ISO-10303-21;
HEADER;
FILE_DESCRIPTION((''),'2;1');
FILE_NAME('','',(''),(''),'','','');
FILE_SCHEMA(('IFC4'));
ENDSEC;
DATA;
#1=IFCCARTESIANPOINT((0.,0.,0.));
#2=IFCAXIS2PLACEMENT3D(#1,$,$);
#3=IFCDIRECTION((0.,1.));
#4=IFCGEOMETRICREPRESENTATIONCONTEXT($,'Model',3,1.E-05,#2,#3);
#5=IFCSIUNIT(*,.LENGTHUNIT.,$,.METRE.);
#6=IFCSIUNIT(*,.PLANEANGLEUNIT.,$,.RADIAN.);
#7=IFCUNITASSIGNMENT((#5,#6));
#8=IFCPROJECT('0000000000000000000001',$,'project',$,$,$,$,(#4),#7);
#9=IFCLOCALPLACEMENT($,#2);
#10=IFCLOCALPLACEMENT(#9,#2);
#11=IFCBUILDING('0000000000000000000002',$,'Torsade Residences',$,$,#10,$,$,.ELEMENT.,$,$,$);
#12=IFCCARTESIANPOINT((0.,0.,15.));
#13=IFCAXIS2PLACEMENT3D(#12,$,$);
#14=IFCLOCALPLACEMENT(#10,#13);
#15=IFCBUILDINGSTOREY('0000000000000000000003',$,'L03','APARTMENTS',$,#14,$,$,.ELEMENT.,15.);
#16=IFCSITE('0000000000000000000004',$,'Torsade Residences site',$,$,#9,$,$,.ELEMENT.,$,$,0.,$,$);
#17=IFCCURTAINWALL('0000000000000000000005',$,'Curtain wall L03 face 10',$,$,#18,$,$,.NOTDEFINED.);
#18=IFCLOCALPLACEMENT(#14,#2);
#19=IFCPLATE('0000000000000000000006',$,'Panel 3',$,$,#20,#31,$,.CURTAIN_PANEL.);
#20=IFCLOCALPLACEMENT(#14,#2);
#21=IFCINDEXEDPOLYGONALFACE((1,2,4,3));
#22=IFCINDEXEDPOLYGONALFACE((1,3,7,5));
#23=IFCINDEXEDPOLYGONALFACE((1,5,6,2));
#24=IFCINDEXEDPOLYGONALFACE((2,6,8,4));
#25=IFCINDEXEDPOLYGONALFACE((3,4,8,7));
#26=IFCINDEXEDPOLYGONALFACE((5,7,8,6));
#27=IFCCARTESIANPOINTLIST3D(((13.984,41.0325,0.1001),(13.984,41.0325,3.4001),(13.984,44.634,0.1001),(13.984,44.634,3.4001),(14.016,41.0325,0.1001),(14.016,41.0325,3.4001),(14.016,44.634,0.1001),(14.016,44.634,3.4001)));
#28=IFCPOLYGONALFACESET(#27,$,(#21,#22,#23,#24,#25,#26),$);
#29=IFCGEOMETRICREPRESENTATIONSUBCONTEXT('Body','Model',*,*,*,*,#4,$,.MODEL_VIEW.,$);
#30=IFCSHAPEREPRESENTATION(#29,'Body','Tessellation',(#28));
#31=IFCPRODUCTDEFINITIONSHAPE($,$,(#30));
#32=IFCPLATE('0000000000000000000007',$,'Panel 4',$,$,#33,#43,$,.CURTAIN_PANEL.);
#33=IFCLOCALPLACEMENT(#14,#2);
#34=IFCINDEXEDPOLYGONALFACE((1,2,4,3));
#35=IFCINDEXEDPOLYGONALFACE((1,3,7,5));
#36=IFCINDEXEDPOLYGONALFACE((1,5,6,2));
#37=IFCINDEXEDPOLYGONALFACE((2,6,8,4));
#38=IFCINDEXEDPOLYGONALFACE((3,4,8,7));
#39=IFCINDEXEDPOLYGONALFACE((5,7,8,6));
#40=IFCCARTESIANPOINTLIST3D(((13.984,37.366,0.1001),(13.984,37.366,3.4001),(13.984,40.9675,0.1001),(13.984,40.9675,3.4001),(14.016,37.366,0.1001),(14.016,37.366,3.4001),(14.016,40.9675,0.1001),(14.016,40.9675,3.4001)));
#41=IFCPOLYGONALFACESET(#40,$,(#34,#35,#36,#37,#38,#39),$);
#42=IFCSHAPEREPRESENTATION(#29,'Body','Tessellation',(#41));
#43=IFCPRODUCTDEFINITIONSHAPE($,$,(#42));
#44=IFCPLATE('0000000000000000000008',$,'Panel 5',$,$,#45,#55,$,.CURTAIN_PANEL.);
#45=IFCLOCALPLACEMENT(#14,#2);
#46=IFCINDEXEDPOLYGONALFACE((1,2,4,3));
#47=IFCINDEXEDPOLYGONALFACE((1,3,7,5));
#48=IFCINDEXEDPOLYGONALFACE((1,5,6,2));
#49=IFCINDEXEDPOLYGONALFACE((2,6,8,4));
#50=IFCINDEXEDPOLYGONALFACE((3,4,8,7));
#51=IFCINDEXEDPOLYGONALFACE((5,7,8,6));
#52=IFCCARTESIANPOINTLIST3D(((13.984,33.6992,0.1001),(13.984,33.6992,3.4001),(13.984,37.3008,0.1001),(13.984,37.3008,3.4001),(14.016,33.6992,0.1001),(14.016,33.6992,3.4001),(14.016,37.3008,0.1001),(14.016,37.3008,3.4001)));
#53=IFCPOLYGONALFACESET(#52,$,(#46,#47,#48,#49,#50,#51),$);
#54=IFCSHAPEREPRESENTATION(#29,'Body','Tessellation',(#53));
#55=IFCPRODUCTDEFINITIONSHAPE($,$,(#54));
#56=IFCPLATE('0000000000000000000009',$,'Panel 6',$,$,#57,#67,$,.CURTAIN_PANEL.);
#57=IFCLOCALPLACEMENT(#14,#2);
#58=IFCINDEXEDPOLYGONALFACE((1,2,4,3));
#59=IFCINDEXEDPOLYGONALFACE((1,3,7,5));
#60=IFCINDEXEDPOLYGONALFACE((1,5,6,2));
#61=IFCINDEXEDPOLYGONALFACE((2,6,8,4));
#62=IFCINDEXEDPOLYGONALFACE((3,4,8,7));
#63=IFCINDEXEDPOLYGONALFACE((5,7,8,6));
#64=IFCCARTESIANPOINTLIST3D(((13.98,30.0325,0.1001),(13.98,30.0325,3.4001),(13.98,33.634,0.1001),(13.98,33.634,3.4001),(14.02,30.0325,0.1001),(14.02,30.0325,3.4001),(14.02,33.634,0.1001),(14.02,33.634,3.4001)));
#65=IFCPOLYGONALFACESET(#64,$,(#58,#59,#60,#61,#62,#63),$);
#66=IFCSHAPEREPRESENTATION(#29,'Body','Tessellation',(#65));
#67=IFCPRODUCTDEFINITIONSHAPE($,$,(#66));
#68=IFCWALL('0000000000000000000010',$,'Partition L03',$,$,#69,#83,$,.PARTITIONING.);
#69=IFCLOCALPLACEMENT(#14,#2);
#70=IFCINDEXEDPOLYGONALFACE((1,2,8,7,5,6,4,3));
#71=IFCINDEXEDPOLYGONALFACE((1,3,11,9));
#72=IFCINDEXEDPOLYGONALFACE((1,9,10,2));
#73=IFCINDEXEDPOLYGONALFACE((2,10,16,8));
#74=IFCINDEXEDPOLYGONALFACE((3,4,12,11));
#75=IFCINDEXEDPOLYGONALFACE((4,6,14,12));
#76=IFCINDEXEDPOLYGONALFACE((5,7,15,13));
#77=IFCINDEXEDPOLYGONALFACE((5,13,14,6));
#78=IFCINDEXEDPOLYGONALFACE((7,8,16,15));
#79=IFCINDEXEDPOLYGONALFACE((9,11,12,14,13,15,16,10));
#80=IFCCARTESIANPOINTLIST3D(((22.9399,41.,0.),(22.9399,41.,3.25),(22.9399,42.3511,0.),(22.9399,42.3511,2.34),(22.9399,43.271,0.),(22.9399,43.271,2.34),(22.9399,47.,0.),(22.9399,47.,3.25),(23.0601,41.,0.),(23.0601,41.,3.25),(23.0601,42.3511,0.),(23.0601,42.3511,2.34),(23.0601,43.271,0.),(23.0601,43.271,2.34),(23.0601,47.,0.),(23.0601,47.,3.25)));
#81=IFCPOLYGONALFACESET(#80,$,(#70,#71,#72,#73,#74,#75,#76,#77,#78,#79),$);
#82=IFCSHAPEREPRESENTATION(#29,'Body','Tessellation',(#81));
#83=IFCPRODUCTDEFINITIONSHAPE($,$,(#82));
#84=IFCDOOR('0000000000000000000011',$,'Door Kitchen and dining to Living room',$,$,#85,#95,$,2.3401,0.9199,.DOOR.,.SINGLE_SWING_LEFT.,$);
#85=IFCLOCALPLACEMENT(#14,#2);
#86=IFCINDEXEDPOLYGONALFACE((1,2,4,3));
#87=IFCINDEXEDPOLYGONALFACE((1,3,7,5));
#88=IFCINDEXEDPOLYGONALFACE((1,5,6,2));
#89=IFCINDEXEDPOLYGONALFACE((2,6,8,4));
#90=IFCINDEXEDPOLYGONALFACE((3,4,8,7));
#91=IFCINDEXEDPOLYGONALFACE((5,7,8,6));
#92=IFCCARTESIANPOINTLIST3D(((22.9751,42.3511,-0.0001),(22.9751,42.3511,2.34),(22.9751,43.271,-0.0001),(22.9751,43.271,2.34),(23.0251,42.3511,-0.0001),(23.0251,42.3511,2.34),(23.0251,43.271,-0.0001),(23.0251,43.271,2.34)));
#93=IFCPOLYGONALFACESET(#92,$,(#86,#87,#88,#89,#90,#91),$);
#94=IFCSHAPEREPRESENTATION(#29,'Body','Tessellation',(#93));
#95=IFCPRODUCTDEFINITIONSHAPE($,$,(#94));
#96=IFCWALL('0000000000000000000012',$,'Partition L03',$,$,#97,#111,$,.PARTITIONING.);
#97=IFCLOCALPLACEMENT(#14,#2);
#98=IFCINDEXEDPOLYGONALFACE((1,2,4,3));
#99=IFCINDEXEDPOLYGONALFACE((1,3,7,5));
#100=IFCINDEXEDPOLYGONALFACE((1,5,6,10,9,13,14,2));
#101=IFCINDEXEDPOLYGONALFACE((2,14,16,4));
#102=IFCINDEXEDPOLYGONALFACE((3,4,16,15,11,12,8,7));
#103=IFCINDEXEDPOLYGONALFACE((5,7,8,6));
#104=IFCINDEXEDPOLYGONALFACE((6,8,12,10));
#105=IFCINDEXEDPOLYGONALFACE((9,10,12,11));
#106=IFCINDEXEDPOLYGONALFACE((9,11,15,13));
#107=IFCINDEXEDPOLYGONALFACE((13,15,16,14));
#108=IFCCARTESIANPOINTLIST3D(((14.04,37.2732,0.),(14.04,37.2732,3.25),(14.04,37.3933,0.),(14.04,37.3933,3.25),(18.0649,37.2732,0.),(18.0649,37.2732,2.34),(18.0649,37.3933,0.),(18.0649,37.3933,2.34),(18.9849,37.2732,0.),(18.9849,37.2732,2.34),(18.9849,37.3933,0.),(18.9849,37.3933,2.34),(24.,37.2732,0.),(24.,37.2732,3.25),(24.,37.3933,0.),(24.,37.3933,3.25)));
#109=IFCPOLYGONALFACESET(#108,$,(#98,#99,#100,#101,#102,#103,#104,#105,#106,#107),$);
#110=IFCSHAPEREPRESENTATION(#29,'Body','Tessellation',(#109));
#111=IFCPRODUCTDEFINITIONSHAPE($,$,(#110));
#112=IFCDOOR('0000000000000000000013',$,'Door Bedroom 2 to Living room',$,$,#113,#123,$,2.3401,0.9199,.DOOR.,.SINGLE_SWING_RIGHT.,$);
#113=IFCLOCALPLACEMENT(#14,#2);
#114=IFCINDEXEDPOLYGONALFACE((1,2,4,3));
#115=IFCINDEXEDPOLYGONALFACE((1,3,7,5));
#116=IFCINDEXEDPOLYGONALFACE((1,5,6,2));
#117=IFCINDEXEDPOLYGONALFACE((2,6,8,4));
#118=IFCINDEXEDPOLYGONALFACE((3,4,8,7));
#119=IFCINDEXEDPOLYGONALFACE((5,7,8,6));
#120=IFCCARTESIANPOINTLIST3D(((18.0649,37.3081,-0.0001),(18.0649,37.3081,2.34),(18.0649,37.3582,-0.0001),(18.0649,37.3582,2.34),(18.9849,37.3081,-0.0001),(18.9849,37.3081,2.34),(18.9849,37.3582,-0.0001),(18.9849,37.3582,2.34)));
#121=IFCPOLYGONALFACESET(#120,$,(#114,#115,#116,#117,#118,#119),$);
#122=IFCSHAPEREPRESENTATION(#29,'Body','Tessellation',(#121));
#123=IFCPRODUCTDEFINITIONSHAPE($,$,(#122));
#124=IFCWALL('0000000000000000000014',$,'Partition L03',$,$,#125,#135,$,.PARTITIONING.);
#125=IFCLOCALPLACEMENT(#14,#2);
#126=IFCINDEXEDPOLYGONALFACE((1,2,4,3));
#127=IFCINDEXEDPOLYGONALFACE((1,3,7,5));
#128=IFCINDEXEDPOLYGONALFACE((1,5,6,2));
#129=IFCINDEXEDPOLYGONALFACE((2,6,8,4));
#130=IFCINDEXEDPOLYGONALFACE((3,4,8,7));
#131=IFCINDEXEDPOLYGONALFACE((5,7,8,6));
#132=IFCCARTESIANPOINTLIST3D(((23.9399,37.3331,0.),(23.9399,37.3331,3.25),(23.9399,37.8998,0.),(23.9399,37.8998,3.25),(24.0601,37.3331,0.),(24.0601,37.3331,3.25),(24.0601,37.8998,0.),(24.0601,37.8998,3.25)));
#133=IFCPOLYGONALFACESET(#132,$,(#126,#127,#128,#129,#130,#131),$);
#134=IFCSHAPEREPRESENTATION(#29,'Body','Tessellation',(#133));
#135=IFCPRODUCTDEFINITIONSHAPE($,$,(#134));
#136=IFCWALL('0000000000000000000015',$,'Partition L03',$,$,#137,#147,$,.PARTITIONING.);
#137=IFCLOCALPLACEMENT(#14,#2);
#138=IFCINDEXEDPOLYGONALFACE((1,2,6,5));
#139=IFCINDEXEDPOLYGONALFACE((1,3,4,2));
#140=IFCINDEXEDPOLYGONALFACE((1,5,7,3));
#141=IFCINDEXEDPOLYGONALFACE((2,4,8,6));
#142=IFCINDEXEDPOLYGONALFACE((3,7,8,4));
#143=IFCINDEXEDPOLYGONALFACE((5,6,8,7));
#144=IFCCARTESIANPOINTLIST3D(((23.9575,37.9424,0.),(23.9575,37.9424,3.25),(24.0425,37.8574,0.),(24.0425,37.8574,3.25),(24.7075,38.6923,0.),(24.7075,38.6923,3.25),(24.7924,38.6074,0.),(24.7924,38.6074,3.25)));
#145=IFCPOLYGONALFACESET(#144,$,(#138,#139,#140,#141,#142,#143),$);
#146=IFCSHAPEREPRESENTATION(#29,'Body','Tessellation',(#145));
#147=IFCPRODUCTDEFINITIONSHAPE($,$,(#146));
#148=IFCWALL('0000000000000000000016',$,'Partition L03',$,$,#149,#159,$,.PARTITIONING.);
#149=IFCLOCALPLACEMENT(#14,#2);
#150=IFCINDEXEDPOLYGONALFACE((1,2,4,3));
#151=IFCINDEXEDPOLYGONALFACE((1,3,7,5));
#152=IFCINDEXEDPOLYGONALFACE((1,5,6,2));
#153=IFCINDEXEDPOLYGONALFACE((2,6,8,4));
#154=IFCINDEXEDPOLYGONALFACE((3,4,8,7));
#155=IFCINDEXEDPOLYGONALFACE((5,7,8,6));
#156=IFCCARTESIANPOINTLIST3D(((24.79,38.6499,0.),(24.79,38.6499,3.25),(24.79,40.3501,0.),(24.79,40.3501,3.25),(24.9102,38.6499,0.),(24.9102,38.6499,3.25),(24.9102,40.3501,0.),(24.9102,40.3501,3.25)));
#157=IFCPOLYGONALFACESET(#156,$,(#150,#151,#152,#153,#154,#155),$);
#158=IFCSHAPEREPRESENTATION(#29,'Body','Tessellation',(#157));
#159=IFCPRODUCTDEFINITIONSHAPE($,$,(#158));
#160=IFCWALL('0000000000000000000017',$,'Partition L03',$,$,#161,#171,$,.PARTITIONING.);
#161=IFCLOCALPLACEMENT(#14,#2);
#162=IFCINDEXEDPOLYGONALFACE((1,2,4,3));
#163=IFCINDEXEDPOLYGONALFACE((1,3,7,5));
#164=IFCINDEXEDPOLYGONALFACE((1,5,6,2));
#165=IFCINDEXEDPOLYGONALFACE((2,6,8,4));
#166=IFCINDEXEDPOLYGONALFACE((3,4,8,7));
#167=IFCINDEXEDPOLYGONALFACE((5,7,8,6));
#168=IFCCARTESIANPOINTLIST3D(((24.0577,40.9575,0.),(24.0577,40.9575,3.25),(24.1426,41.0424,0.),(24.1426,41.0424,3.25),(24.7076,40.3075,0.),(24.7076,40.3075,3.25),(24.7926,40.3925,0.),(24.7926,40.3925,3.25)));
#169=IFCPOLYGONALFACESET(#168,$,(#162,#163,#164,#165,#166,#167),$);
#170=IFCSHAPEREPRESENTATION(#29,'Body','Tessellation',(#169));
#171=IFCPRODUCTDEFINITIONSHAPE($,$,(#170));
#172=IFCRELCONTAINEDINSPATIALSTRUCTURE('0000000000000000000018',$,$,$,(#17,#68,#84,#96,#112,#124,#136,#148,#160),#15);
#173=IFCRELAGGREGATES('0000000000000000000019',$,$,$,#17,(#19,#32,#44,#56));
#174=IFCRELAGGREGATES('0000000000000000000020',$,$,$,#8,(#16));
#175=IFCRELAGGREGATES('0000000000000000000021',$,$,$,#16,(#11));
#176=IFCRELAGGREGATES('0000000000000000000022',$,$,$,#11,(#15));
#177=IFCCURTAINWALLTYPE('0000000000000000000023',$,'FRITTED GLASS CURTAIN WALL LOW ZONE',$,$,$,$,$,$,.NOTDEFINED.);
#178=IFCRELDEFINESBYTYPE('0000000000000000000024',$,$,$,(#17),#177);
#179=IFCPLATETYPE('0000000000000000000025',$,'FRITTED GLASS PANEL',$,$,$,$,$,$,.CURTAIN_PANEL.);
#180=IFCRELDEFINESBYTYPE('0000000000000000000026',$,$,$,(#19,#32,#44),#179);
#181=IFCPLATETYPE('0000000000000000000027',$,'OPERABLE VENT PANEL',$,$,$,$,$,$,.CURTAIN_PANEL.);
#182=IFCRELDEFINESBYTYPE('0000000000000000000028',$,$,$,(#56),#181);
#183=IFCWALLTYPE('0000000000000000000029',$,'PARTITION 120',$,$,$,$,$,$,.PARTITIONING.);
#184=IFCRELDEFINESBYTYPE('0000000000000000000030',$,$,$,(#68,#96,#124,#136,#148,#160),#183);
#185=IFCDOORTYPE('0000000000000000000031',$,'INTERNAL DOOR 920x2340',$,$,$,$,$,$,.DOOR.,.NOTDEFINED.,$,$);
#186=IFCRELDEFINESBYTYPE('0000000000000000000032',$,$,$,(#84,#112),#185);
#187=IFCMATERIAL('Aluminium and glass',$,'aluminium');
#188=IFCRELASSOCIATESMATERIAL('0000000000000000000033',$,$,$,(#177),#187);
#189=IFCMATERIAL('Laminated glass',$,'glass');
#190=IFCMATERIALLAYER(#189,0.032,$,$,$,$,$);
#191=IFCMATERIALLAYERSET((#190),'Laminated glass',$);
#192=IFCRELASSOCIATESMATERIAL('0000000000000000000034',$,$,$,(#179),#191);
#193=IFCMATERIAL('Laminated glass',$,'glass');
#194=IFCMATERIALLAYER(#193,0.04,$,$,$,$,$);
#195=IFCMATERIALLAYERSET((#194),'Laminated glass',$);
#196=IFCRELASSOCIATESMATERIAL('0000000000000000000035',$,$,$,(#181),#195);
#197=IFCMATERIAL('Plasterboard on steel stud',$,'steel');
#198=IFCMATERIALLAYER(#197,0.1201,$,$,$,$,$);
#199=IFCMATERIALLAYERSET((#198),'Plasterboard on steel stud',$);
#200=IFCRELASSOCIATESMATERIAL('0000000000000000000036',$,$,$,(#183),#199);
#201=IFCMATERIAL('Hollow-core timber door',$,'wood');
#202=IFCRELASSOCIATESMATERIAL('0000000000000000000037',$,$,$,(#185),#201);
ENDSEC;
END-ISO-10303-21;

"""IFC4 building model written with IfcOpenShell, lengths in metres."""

from ifc_helpers import new_model, si_unit, direction, frame, frame_2d, origin, origin_2d, place, context, subcontext, project, spatial, rectangle, extrude, material, layer, layer_set, type_object, element, fill, aggregate, save


model = new_model("IFC4")

# Units and contexts
model_context = context("Model", 3, precision=1e-05, world=origin(), true_north=direction((0.0, 1.0)))
body_context = subcontext(model_context, "Body", "Model", "MODEL_VIEW")
ifc_project = project(units=[si_unit("LENGTHUNIT", "METRE"), si_unit("PLANEANGLEUNIT", "RADIAN")], contexts=[model_context])

# Site, building, storey
site_placement = place(None, origin())
site = spatial("IfcSite", under=ifc_project, at=site_placement, Name="Torsade Residences site", CompositionType="ELEMENT", RefElevation=0.0)
building_placement = place(site_placement, origin())
building = spatial("IfcBuilding", under=site, at=building_placement, Name="Torsade Residences", CompositionType="ELEMENT")
storey_placement = place(building_placement, frame((0.0, 0.0, 15.0)))
storey = spatial("IfcBuildingStorey", under=building, at=storey_placement, Name="L03", Description="APARTMENTS", CompositionType="ELEMENT", Elevation=15.0)

# Curtain wall
ifc_material_1 = material(Name="Aluminium and glass", Category="aluminium")
curtain_wall_type = type_object("IfcCurtainWallType", Name="FRITTED GLASS CURTAIN WALL LOW ZONE", PredefinedType="NOTDEFINED", material=ifc_material_1)
curtain_wall_placement = place(storey_placement, origin())
curtain_wall = element("IfcCurtainWall", 1, at=curtain_wall_placement, inside=storey, type_object=curtain_wall_type, Name="Curtain wall L03 face 10", PredefinedType="NOTDEFINED")

# Plates
ifc_material_2 = material(Name="Laminated glass", Category="glass")
ifc_layer_1 = layer(ifc_material_2, 0.032)
ifc_layer_set_1 = layer_set([ifc_layer_1], Name="Laminated glass")
plate_type_1 = type_object("IfcPlateType", Name="FRITTED GLASS PANEL", PredefinedType="CURTAIN_PANEL", material=ifc_layer_set_1)
plate_1_placement = place(storey_placement, frame((14.0, 42.8333, 0.1001), z_axis=(0.0, 0.0, 1.0), x_axis=(0.0, -1.0, 0.0)))
plate_1 = element("IfcPlate", 2, at=plate_1_placement, type_object=plate_type_1, Name="Panel 3", PredefinedType="CURTAIN_PANEL", context=body_context, shape_type="SweptSolid", body=[
    extrude(rectangle(XDim=3.6016, YDim=0.032, at=origin_2d()), origin(), (0.0, 0.0, 1.0), 3.3),
])
plate_2_placement = place(storey_placement, frame((14.0, 39.1667, 0.1001), z_axis=(0.0, 0.0, 1.0), x_axis=(0.0, -1.0, 0.0)))
plate_2 = element("IfcPlate", 3, at=plate_2_placement, type_object=plate_type_1, Name="Panel 4", PredefinedType="CURTAIN_PANEL", context=body_context, shape_type="SweptSolid", body=[
    extrude(rectangle(XDim=3.6016, YDim=0.032, at=origin_2d()), origin(), (0.0, 0.0, 1.0), 3.3),
])
plate_3_placement = place(storey_placement, frame((14.0, 35.5, 0.1001), z_axis=(0.0, 0.0, 1.0), x_axis=(0.0, -1.0, 0.0)))
plate_3 = element("IfcPlate", 4, at=plate_3_placement, type_object=plate_type_1, Name="Panel 5", PredefinedType="CURTAIN_PANEL", context=body_context, shape_type="SweptSolid", body=[
    extrude(rectangle(XDim=3.6016, YDim=0.032, at=origin_2d()), origin(), (0.0, 0.0, 1.0), 3.3),
])
ifc_material_3 = material(Name="Laminated glass", Category="glass")
ifc_layer_2 = layer(ifc_material_3, 0.04)
ifc_layer_set_2 = layer_set([ifc_layer_2], Name="Laminated glass")
plate_type_2 = type_object("IfcPlateType", Name="OPERABLE VENT PANEL", PredefinedType="CURTAIN_PANEL", material=ifc_layer_set_2)
plate_4_placement = place(storey_placement, frame((14.0, 31.8333, 0.1001), z_axis=(0.0, 0.0, 1.0), x_axis=(0.0, -1.0, 0.0)))
plate_4 = element("IfcPlate", 5, at=plate_4_placement, type_object=plate_type_2, Name="Panel 6", PredefinedType="CURTAIN_PANEL", context=body_context, shape_type="SweptSolid", body=[
    extrude(rectangle(XDim=3.6016, YDim=0.04, at=origin_2d()), origin(), (0.0, 0.0, 1.0), 3.3),
])
aggregate(curtain_wall, [plate_1, plate_2, plate_3, plate_4])

# Walls, openings, doors
ifc_material_4 = material(Name="Plasterboard on steel stud", Category="steel")
ifc_layer_3 = layer(ifc_material_4, 0.1201)
ifc_layer_set_3 = layer_set([ifc_layer_3], Name="Plasterboard on steel stud")
wall_type_1 = type_object("IfcWallType", Name="PARTITION 120", PredefinedType="PARTITIONING", material=ifc_layer_set_3)
wall_1_placement = place(storey_placement, frame((23.0, 41.0, 0.0), z_axis=(0.0, 0.0, 1.0), x_axis=(0.0, 1.0, 0.0)))
wall_1 = element("IfcWall", 6, at=wall_1_placement, inside=storey, type_object=wall_type_1, Name="Partition L03", PredefinedType="PARTITIONING", context=body_context, shape_type="SweptSolid", body=[
    extrude(rectangle(XDim=6.0, YDim=0.1201, at=frame_2d((3.0, 0.0))), origin(), (0.0, 0.0, 1.0), 3.25),
])
opening_1_placement = place(wall_1_placement, frame((1.3511, 0.0, 0.0)))
opening_1 = element("IfcOpeningElement", 7, at=opening_1_placement, cuts=wall_1, PredefinedType="OPENING", context=body_context, shape_type="SweptSolid", body=[
    extrude(rectangle(XDim=0.9199, YDim=2.3401, at=frame_2d((0.46, 1.1699))), frame((0.0, 0.0701, 0.0), z_axis=(0.0, -1.0, 0.0), x_axis=(1.0, 0.0, 0.0)), (0.0, 0.0, 1.0), 0.1401),
])
ifc_material_5 = material(Name="Hollow-core timber door", Category="wood")
door_type_1 = type_object("IfcDoorType", Name="INTERNAL DOOR 920x2340", OperationType="NOTDEFINED", PredefinedType="DOOR", material=ifc_material_5)
door_1_placement = place(opening_1_placement, origin())
door_1 = element("IfcDoor", 8, at=door_1_placement, inside=storey, type_object=door_type_1, Name="Door Kitchen and dining to Living room", OperationType="SINGLE_SWING_LEFT", OverallHeight=2.3401, OverallWidth=0.9199, PredefinedType="DOOR", context=body_context, shape_type="SweptSolid", body=[
    extrude(rectangle(XDim=0.9199, YDim=2.3401, at=frame_2d((0.46, 1.1699))), frame((0.0, 0.0249, 0.0), z_axis=(0.0, -1.0, 0.0), x_axis=(1.0, 0.0, 0.0)), (0.0, 0.0, 1.0), 0.05),
])
fill(opening_1, door_1)
wall_2_placement = place(storey_placement, frame((14.04, 37.3333, 0.0), z_axis=(0.0, 0.0, 1.0), x_axis=(1.0, 0.0, 0.0)))
wall_2 = element("IfcWall", 9, at=wall_2_placement, inside=storey, type_object=wall_type_1, Name="Partition L03", PredefinedType="PARTITIONING", context=body_context, shape_type="SweptSolid", body=[
    extrude(rectangle(XDim=9.96, YDim=0.1201, at=frame_2d((4.98, 0.0))), origin(), (0.0, 0.0, 1.0), 3.25),
])
opening_2_placement = place(wall_2_placement, frame((4.0249, 0.0, 0.0)))
opening_2 = element("IfcOpeningElement", 10, at=opening_2_placement, cuts=wall_2, PredefinedType="OPENING", context=body_context, shape_type="SweptSolid", body=[
    extrude(rectangle(XDim=0.9199, YDim=2.3401, at=frame_2d((0.46, 1.1699))), frame((0.0, 0.0701, 0.0), z_axis=(0.0, -1.0, 0.0), x_axis=(1.0, 0.0, 0.0)), (0.0, 0.0, 1.0), 0.1401),
])
door_2_placement = place(opening_2_placement, origin())
door_2 = element("IfcDoor", 11, at=door_2_placement, inside=storey, type_object=door_type_1, Name="Door Bedroom 2 to Living room", OperationType="SINGLE_SWING_RIGHT", OverallHeight=2.3401, OverallWidth=0.9199, PredefinedType="DOOR", context=body_context, shape_type="SweptSolid", body=[
    extrude(rectangle(XDim=0.9199, YDim=2.3401, at=frame_2d((0.46, 1.1699))), frame((0.0, 0.0249, 0.0), z_axis=(0.0, -1.0, 0.0), x_axis=(1.0, 0.0, 0.0)), (0.0, 0.0, 1.0), 0.05),
])
fill(opening_2, door_2)

# Walls
wall_3_placement = place(storey_placement, frame((24.0, 37.3333, 0.0), z_axis=(0.0, 0.0, 1.0), x_axis=(0.0, 1.0, 0.0)))
element("IfcWall", 12, at=wall_3_placement, inside=storey, type_object=wall_type_1, Name="Partition L03", PredefinedType="PARTITIONING", context=body_context, shape_type="SweptSolid", body=[
    extrude(rectangle(XDim=0.5667, YDim=0.1201, at=frame_2d((0.2832, 0.0))), origin(), (0.0, 0.0, 1.0), 3.25),
])
wall_4_placement = place(storey_placement, frame((24.0, 37.8999, 0.0), z_axis=(0.0, 0.0, 1.0), x_axis=(0.707107, 0.707107, 0.0)))
element("IfcWall", 13, at=wall_4_placement, inside=storey, type_object=wall_type_1, Name="Partition L03", PredefinedType="PARTITIONING", context=body_context, shape_type="SweptSolid", body=[
    extrude(rectangle(XDim=1.0605, YDim=0.1201, at=frame_2d((0.5303, 0.0))), origin(), (0.0, 0.0, 1.0), 3.25),
])
wall_5_placement = place(storey_placement, frame((24.8501, 38.6499, 0.0), z_axis=(0.0, 0.0, 1.0), x_axis=(0.0, 1.0, 0.0)))
element("IfcWall", 14, at=wall_5_placement, inside=storey, type_object=wall_type_1, Name="Partition L03", PredefinedType="PARTITIONING", context=body_context, shape_type="SweptSolid", body=[
    extrude(rectangle(XDim=1.7002, YDim=0.1201, at=frame_2d((0.8501, 0.0))), origin(), (0.0, 0.0, 1.0), 3.25),
])
wall_6_placement = place(storey_placement, frame((24.75, 40.3501, 0.0), z_axis=(0.0, 0.0, 1.0), x_axis=(-0.707107, 0.707107, 0.0)))
element("IfcWall", 15, at=wall_6_placement, inside=storey, type_object=wall_type_1, Name="Partition L03", PredefinedType="PARTITIONING", context=body_context, shape_type="SweptSolid", body=[
    extrude(rectangle(XDim=0.9192, YDim=0.1201, at=frame_2d((0.4595, 0.0))), origin(), (0.0, 0.0, 1.0), 3.25),
])

save(model, "model.ifc")
